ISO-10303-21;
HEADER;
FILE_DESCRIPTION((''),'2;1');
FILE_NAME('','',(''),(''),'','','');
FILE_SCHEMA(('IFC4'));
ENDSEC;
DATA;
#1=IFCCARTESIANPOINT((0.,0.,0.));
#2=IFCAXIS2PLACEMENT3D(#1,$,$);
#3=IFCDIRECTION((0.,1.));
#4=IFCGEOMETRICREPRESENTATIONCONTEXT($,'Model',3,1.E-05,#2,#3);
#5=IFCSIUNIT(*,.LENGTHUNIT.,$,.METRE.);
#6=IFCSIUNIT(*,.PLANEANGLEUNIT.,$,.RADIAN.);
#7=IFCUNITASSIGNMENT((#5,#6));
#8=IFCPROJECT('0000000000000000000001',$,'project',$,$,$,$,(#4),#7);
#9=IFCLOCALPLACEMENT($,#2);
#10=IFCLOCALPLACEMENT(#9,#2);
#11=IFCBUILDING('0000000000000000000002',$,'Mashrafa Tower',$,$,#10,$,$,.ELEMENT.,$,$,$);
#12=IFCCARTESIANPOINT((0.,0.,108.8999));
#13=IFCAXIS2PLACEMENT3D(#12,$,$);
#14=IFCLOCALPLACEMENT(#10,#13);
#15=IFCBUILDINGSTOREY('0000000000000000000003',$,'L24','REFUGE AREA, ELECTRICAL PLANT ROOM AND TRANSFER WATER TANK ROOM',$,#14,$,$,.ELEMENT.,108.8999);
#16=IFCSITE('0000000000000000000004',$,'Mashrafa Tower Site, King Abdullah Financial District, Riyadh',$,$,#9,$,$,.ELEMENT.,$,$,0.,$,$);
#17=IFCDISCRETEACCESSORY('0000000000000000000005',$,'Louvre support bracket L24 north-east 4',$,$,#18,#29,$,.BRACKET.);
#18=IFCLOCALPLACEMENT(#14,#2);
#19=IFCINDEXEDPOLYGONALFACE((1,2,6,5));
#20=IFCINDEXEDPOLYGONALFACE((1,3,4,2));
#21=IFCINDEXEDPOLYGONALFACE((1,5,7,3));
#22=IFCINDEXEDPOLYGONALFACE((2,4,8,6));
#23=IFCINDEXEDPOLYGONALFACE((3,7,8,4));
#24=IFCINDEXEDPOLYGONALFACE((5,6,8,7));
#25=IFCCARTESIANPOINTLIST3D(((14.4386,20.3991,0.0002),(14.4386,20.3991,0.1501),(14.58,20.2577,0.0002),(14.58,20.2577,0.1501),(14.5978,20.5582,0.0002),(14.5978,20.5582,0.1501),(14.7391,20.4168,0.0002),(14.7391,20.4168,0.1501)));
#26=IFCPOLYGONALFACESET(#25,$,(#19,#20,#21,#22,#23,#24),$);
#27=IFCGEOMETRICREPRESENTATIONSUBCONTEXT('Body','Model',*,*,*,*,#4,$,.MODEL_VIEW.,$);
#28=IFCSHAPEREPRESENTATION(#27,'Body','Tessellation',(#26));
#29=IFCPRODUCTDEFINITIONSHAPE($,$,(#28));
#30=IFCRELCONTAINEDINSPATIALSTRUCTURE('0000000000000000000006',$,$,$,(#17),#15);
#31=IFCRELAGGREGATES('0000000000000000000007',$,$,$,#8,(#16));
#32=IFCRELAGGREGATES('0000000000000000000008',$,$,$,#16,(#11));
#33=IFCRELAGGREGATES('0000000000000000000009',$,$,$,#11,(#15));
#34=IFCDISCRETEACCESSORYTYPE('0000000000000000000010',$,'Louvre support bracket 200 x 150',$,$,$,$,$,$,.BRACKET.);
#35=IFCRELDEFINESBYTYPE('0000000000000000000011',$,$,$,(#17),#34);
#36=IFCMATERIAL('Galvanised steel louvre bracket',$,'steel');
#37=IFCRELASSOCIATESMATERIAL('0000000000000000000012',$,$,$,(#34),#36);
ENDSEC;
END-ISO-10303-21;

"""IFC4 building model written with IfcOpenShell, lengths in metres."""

from ifc_helpers import new_model, si_unit, direction, frame, origin, origin_2d, place, context, subcontext, project, spatial, rectangle, extrude, source, transform, mapped, material, type_object, type_shapes, element, save


model = new_model("IFC4")

# Units and contexts
model_context = context("Model", 3, precision=1e-05, world=origin(), true_north=direction((0.0, 1.0)))
body_context = subcontext(model_context, "Body", "Model", "MODEL_VIEW")
ifc_project = project(units=[si_unit("LENGTHUNIT", "METRE"), si_unit("PLANEANGLEUNIT", "RADIAN")], contexts=[model_context])

# Site, building, storey
site_placement = place(None, origin())
site = spatial("IfcSite", under=ifc_project, at=site_placement, Name="Mashrafa Tower Site, King Abdullah Financial District, Riyadh", CompositionType="ELEMENT", RefElevation=0.0)
building_placement = place(site_placement, origin())
building = spatial("IfcBuilding", under=site, at=building_placement, Name="Mashrafa Tower", CompositionType="ELEMENT")
storey_placement = place(building_placement, frame((0.0, 0.0, 108.8999)))
storey = spatial("IfcBuildingStorey", under=building, at=storey_placement, Name="L24", Description="REFUGE AREA, ELECTRICAL PLANT ROOM AND TRANSFER WATER TANK ROOM", CompositionType="ELEMENT", Elevation=108.8999)

# Discrete accessory
ifc_material_1 = material(Name="Galvanised steel louvre bracket", Category="steel")
discrete_accessory_type = type_object("IfcDiscreteAccessoryType", Name="Louvre support bracket 200 x 150", PredefinedType="BRACKET", material=ifc_material_1)
shared_shape_1 = source(origin(), body_context, "Body", "SweptSolid", [
    extrude(rectangle(XDim=0.2, YDim=0.2251, at=origin_2d()), origin(), (0.0, 0.0, 1.0), 0.1499),
])
type_shapes(discrete_accessory_type, [shared_shape_1])
for number, where, z_axis, x_axis, name in (
    (1, (14.5889, 20.408, 0.0002), (0.0, 0.0, 1.0), (-0.707107, 0.707107, 0.0), "Louvre support bracket L24 north-east 4"),
):
    element("IfcDiscreteAccessory", number, at=place(storey_placement, frame(where, z_axis=z_axis, x_axis=x_axis)), inside=storey, type_object=discrete_accessory_type, Name=name, PredefinedType="BRACKET", context=body_context, shape_type="MappedRepresentation", body=[
        mapped(shared_shape_1, transform((0.0, 0.0, 0.0))),
    ])

save(model, "model.ifc")
